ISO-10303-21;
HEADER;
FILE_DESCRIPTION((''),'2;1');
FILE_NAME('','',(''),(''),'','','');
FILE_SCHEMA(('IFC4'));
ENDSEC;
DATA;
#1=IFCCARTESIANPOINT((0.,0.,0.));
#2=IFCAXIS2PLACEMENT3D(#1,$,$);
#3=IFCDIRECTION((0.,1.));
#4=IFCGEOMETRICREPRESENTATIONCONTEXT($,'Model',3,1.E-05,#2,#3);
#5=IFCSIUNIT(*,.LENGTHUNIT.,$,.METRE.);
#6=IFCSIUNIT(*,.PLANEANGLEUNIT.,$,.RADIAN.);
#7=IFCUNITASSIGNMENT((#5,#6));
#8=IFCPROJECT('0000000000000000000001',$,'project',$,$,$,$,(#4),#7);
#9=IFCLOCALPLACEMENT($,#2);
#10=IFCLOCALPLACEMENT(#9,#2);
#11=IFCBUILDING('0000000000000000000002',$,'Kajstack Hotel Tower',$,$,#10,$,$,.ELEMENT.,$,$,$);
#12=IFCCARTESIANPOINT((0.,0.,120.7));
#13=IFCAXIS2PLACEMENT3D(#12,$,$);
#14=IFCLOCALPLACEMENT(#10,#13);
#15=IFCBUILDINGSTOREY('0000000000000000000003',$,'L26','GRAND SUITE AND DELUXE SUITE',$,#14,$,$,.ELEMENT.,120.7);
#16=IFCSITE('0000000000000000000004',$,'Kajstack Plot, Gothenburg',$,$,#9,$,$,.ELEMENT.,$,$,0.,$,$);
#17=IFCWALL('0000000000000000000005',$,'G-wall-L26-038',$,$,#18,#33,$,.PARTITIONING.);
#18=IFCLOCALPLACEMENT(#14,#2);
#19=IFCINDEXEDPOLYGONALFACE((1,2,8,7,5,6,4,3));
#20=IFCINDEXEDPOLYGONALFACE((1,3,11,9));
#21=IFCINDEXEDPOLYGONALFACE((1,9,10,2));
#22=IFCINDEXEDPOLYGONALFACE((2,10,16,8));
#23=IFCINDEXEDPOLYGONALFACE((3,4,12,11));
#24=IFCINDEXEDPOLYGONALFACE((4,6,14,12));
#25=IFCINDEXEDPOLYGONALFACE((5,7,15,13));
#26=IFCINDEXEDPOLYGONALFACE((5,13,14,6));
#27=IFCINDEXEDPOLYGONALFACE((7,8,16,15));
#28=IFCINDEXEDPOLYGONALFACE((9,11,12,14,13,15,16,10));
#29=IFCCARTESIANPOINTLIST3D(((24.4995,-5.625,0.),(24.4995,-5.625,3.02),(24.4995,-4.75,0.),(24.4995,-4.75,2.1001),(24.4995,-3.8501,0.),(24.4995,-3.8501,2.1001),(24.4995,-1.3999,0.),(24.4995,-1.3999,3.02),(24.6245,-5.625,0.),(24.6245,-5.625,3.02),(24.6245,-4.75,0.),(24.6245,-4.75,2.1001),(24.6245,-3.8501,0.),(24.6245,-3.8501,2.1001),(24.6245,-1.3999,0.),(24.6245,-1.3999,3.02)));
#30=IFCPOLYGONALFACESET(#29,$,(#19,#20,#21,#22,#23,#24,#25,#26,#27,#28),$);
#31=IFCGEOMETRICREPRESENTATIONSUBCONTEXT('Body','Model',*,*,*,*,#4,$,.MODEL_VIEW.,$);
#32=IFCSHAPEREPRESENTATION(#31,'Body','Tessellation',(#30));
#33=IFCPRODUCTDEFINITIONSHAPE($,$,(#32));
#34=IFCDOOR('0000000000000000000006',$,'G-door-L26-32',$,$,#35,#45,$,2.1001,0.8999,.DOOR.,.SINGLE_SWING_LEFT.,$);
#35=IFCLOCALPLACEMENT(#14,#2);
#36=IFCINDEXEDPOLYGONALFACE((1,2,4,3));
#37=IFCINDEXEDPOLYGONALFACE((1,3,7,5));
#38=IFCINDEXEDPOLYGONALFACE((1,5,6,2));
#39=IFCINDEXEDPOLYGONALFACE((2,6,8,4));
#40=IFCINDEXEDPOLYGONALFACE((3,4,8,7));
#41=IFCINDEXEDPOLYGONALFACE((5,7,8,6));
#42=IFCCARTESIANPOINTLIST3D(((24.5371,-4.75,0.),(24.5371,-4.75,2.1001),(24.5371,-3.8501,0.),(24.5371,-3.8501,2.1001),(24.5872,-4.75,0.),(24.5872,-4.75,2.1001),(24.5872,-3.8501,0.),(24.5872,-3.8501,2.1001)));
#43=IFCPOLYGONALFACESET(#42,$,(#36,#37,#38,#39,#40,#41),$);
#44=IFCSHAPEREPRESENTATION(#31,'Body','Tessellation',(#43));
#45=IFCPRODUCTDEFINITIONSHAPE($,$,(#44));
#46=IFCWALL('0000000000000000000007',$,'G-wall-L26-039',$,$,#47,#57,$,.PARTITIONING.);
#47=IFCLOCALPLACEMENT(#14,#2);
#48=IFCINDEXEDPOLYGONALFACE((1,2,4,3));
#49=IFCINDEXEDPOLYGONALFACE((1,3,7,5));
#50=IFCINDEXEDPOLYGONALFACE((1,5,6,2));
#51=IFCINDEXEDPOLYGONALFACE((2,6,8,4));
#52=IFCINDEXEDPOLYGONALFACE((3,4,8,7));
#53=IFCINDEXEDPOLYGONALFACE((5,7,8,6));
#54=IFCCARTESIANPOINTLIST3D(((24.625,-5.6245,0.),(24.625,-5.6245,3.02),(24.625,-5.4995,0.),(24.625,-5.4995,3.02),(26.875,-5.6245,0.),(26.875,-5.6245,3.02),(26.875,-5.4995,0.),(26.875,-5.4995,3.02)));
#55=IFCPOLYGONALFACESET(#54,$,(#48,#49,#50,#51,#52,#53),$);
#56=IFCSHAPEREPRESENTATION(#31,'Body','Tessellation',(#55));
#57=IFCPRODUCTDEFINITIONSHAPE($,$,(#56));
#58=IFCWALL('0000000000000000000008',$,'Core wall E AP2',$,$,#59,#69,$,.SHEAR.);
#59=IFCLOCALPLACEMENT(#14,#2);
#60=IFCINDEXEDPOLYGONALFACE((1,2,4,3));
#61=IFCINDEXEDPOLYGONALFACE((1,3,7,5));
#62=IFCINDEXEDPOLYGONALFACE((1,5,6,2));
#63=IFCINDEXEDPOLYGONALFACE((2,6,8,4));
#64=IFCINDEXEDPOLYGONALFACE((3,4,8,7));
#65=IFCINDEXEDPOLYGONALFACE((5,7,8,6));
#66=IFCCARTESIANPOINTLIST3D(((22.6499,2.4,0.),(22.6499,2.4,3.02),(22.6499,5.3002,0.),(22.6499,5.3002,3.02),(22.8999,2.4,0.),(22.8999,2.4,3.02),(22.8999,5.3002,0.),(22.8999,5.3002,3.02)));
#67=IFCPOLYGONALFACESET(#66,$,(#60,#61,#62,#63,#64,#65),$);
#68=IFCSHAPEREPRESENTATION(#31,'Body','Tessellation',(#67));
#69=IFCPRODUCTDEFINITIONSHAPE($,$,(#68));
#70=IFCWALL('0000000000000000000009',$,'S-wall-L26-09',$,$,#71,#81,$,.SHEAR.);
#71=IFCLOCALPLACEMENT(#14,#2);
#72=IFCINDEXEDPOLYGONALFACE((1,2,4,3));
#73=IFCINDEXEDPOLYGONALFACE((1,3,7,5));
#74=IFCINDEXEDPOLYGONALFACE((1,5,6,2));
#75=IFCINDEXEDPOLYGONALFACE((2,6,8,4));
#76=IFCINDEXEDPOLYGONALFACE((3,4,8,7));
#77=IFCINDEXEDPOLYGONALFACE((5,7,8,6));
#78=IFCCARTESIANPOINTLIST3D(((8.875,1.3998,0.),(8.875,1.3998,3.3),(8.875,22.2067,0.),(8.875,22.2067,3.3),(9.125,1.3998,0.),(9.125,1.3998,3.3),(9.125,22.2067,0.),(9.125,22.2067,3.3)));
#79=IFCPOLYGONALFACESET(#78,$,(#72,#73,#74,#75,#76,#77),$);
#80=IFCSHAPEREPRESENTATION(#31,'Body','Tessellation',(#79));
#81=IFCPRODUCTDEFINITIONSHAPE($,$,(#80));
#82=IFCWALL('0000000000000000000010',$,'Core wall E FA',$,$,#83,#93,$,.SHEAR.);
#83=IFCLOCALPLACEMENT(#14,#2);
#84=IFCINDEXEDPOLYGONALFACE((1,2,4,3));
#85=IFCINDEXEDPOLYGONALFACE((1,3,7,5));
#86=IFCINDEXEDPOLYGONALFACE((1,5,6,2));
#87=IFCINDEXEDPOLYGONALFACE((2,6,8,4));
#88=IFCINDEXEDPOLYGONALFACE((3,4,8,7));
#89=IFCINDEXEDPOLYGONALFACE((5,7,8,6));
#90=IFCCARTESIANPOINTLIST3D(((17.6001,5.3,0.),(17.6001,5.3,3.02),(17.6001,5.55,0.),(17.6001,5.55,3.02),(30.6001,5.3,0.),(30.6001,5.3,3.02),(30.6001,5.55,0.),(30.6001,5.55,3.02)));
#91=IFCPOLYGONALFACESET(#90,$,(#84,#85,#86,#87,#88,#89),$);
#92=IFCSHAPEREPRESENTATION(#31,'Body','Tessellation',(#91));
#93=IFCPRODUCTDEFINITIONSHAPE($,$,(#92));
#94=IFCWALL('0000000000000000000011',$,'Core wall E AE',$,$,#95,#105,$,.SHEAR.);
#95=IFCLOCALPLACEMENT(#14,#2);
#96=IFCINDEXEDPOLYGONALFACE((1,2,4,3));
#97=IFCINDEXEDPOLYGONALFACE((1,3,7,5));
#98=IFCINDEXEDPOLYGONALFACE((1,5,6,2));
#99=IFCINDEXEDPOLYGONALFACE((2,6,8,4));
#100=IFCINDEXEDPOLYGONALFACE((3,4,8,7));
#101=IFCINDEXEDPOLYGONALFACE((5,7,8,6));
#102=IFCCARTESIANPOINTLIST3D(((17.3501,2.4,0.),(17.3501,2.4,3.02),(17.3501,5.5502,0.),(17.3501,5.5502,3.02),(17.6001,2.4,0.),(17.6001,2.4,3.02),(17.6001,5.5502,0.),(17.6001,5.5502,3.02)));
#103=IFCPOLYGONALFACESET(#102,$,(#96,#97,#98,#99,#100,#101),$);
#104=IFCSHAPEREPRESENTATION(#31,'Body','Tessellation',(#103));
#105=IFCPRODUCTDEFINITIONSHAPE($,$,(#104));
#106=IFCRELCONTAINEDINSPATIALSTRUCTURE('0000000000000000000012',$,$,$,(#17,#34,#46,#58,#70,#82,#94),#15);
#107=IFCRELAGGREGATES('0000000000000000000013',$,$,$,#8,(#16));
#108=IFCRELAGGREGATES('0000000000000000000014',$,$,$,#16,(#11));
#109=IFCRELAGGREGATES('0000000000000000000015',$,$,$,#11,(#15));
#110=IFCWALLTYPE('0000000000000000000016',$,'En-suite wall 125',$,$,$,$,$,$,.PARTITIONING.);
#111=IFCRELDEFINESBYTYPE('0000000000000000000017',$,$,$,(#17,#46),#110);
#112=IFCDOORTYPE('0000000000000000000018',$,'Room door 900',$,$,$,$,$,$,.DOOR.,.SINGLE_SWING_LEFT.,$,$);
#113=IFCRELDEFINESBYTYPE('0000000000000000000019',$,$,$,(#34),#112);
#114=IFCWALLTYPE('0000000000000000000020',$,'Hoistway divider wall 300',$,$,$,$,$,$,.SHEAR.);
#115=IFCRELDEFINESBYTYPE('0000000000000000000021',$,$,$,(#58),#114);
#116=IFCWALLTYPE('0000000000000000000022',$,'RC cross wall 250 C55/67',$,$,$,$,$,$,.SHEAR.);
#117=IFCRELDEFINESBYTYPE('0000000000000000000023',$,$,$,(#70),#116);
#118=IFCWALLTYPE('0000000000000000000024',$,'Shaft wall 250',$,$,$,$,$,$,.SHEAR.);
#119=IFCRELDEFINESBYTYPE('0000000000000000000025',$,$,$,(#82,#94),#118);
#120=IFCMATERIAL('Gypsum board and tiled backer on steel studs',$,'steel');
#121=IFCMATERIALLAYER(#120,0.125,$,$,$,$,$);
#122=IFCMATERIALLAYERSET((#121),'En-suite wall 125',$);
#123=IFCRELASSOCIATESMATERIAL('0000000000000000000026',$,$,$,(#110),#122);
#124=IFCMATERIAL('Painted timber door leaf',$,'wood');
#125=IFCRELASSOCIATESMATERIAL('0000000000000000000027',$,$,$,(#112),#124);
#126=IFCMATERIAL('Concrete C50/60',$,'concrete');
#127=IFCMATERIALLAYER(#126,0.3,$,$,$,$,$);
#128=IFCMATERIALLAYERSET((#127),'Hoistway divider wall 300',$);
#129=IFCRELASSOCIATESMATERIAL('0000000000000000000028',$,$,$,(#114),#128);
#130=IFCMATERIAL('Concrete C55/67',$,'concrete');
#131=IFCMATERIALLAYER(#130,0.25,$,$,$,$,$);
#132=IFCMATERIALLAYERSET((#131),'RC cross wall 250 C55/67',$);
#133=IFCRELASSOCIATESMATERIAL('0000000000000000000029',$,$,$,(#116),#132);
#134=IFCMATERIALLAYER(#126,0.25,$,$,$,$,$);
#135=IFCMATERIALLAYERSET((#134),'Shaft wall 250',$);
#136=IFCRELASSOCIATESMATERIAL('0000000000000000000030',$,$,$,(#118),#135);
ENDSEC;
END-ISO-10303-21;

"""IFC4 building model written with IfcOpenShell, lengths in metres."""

from ifc_helpers import new_model, si_unit, direction, frame, frame_2d, origin, place, context, subcontext, project, spatial, rectangle, extrude, material, layer, layer_set, type_object, element, fill, save


model = new_model("IFC4")

# Units and contexts
model_context = context("Model", 3, precision=1e-05, world=origin(), true_north=direction((0.0, 1.0)))
body_context = subcontext(model_context, "Body", "Model", "MODEL_VIEW")
ifc_project = project(units=[si_unit("LENGTHUNIT", "METRE"), si_unit("PLANEANGLEUNIT", "RADIAN")], contexts=[model_context])

# Site, building, storey
site_placement = place(None, origin())
site = spatial("IfcSite", under=ifc_project, at=site_placement, Name="Kajstack Plot, Gothenburg", CompositionType="ELEMENT", RefElevation=0.0)
building_placement = place(site_placement, origin())
building = spatial("IfcBuilding", under=site, at=building_placement, Name="Kajstack Hotel Tower", CompositionType="ELEMENT")
storey_placement = place(building_placement, frame((0.0, 0.0, 120.7)))
storey = spatial("IfcBuildingStorey", under=building, at=storey_placement, Name="L26", Description="GRAND SUITE AND DELUXE SUITE", CompositionType="ELEMENT", Elevation=120.7)

# Shared definitions
ifc_material_1 = material(Name="Gypsum board and tiled backer on steel studs", Category="steel")
ifc_layer_1 = layer(ifc_material_1, 0.125)
ifc_layer_set_1 = layer_set([ifc_layer_1], Name="En-suite wall 125")
wall_type_1 = type_object("IfcWallType", Name="En-suite wall 125", PredefinedType="PARTITIONING", material=ifc_layer_set_1)
ifc_material_2 = material(Name="Painted timber door leaf", Category="wood")
door_type_1 = type_object("IfcDoorType", Name="Room door 900", OperationType="SINGLE_SWING_LEFT", PredefinedType="DOOR", material=ifc_material_2)

# Wall, opening, door
wall_1_placement = place(storey_placement, frame((24.562, -5.625, 0.0), z_axis=(0.0, 0.0, 1.0), x_axis=(0.0, 1.0, 0.0)))
wall_1 = element("IfcWall", 1, at=wall_1_placement, inside=storey, type_object=wall_type_1, Name="G-wall-L26-038", PredefinedType="PARTITIONING", context=body_context, shape_type="SweptSolid", body=[
    extrude(rectangle(XDim=4.2251, YDim=0.125, at=frame_2d((2.1125, 0.0))), origin(), (0.0, 0.0, 1.0), 3.02),
])
opening_1_placement = place(wall_1_placement, frame((0.875, 0.0, 0.0)))
opening_1 = element("IfcOpeningElement", 2, at=opening_1_placement, cuts=wall_1, PredefinedType="OPENING", context=body_context, shape_type="SweptSolid", body=[
    extrude(rectangle(XDim=0.8999, YDim=2.1001, at=frame_2d((0.45, 1.05))), frame((0.0, 0.0725, 0.0), z_axis=(0.0, -1.0, 0.0), x_axis=(1.0, 0.0, 0.0)), (0.0, 0.0, 1.0), 0.145),
])
door_1_placement = place(opening_1_placement, origin())
door_1 = element("IfcDoor", 3, at=door_1_placement, inside=storey, type_object=door_type_1, Name="G-door-L26-32", OperationType="SINGLE_SWING_LEFT", OverallHeight=2.1001, OverallWidth=0.8999, PredefinedType="DOOR", context=body_context, shape_type="SweptSolid", body=[
    extrude(rectangle(XDim=0.8999, YDim=2.1001, at=frame_2d((0.45, 1.05))), frame((0.0, 0.0249, 0.0), z_axis=(0.0, -1.0, 0.0), x_axis=(1.0, 0.0, 0.0)), (0.0, 0.0, 1.0), 0.05),
])
fill(opening_1, door_1)

# Walls
wall_2_placement = place(storey_placement, frame((24.625, -5.562, 0.0), z_axis=(0.0, 0.0, 1.0), x_axis=(1.0, 0.0, 0.0)))
element("IfcWall", 4, at=wall_2_placement, inside=storey, type_object=wall_type_1, Name="G-wall-L26-039", PredefinedType="PARTITIONING", context=body_context, shape_type="SweptSolid", body=[
    extrude(rectangle(XDim=2.25, YDim=0.125, at=frame_2d((1.125, 0.0))), origin(), (0.0, 0.0, 1.0), 3.02),
])
ifc_material_3 = material(Name="Concrete C50/60", Category="concrete")
ifc_layer_2 = layer(ifc_material_3, 0.3)
ifc_layer_set_2 = layer_set([ifc_layer_2], Name="Hoistway divider wall 300")
wall_type_2 = type_object("IfcWallType", Name="Hoistway divider wall 300", PredefinedType="SHEAR", material=ifc_layer_set_2)
wall_3_placement = place(storey_placement, frame((22.7749, 2.3999, 0.0), z_axis=(0.0, 0.0, 1.0), x_axis=(0.0, 1.0, 0.0)))
element("IfcWall", 5, at=wall_3_placement, inside=storey, type_object=wall_type_2, Name="Core wall E AP2", PredefinedType="SHEAR", context=body_context, shape_type="SweptSolid", body=[
    extrude(rectangle(XDim=2.9001, YDim=0.25, at=frame_2d((1.4502, 0.0))), origin(), (0.0, 0.0, 1.0), 3.02),
])
ifc_material_4 = material(Name="Concrete C55/67", Category="concrete")
ifc_layer_3 = layer(ifc_material_4, 0.25)
ifc_layer_set_3 = layer_set([ifc_layer_3], Name="RC cross wall 250 C55/67")
wall_type_3 = type_object("IfcWallType", Name="RC cross wall 250 C55/67", PredefinedType="SHEAR", material=ifc_layer_set_3)
wall_4_placement = place(storey_placement, frame((9.0, 1.3999, 0.0), z_axis=(0.0, 0.0, 1.0), x_axis=(0.0, 1.0, 0.0)))
element("IfcWall", 6, at=wall_4_placement, inside=storey, type_object=wall_type_3, Name="S-wall-L26-09", PredefinedType="SHEAR", context=body_context, shape_type="SweptSolid", body=[
    extrude(rectangle(XDim=20.8069, YDim=0.25, at=frame_2d((10.4033, 0.0))), origin(), (0.0, 0.0, 1.0), 3.3),
])
ifc_layer_4 = layer(ifc_material_3, 0.25)
ifc_layer_set_4 = layer_set([ifc_layer_4], Name="Shaft wall 250")
wall_type_4 = type_object("IfcWallType", Name="Shaft wall 250", PredefinedType="SHEAR", material=ifc_layer_set_4)
wall_5_placement = place(storey_placement, frame((17.6001, 5.425, 0.0), z_axis=(0.0, 0.0, 1.0), x_axis=(1.0, 0.0, 0.0)))
element("IfcWall", 7, at=wall_5_placement, inside=storey, type_object=wall_type_4, Name="Core wall E FA", PredefinedType="SHEAR", context=body_context, shape_type="SweptSolid", body=[
    extrude(rectangle(XDim=13.0, YDim=0.25, at=frame_2d((6.5, 0.0))), origin(), (0.0, 0.0, 1.0), 3.02),
])
wall_6_placement = place(storey_placement, frame((17.4751, 2.3999, 0.0), z_axis=(0.0, 0.0, 1.0), x_axis=(0.0, 1.0, 0.0)))
element("IfcWall", 8, at=wall_6_placement, inside=storey, type_object=wall_type_4, Name="Core wall E AE", PredefinedType="SHEAR", context=body_context, shape_type="SweptSolid", body=[
    extrude(rectangle(XDim=3.1501, YDim=0.25, at=frame_2d((1.5752, 0.0))), origin(), (0.0, 0.0, 1.0), 3.02),
])

save(model, "model.ifc")
